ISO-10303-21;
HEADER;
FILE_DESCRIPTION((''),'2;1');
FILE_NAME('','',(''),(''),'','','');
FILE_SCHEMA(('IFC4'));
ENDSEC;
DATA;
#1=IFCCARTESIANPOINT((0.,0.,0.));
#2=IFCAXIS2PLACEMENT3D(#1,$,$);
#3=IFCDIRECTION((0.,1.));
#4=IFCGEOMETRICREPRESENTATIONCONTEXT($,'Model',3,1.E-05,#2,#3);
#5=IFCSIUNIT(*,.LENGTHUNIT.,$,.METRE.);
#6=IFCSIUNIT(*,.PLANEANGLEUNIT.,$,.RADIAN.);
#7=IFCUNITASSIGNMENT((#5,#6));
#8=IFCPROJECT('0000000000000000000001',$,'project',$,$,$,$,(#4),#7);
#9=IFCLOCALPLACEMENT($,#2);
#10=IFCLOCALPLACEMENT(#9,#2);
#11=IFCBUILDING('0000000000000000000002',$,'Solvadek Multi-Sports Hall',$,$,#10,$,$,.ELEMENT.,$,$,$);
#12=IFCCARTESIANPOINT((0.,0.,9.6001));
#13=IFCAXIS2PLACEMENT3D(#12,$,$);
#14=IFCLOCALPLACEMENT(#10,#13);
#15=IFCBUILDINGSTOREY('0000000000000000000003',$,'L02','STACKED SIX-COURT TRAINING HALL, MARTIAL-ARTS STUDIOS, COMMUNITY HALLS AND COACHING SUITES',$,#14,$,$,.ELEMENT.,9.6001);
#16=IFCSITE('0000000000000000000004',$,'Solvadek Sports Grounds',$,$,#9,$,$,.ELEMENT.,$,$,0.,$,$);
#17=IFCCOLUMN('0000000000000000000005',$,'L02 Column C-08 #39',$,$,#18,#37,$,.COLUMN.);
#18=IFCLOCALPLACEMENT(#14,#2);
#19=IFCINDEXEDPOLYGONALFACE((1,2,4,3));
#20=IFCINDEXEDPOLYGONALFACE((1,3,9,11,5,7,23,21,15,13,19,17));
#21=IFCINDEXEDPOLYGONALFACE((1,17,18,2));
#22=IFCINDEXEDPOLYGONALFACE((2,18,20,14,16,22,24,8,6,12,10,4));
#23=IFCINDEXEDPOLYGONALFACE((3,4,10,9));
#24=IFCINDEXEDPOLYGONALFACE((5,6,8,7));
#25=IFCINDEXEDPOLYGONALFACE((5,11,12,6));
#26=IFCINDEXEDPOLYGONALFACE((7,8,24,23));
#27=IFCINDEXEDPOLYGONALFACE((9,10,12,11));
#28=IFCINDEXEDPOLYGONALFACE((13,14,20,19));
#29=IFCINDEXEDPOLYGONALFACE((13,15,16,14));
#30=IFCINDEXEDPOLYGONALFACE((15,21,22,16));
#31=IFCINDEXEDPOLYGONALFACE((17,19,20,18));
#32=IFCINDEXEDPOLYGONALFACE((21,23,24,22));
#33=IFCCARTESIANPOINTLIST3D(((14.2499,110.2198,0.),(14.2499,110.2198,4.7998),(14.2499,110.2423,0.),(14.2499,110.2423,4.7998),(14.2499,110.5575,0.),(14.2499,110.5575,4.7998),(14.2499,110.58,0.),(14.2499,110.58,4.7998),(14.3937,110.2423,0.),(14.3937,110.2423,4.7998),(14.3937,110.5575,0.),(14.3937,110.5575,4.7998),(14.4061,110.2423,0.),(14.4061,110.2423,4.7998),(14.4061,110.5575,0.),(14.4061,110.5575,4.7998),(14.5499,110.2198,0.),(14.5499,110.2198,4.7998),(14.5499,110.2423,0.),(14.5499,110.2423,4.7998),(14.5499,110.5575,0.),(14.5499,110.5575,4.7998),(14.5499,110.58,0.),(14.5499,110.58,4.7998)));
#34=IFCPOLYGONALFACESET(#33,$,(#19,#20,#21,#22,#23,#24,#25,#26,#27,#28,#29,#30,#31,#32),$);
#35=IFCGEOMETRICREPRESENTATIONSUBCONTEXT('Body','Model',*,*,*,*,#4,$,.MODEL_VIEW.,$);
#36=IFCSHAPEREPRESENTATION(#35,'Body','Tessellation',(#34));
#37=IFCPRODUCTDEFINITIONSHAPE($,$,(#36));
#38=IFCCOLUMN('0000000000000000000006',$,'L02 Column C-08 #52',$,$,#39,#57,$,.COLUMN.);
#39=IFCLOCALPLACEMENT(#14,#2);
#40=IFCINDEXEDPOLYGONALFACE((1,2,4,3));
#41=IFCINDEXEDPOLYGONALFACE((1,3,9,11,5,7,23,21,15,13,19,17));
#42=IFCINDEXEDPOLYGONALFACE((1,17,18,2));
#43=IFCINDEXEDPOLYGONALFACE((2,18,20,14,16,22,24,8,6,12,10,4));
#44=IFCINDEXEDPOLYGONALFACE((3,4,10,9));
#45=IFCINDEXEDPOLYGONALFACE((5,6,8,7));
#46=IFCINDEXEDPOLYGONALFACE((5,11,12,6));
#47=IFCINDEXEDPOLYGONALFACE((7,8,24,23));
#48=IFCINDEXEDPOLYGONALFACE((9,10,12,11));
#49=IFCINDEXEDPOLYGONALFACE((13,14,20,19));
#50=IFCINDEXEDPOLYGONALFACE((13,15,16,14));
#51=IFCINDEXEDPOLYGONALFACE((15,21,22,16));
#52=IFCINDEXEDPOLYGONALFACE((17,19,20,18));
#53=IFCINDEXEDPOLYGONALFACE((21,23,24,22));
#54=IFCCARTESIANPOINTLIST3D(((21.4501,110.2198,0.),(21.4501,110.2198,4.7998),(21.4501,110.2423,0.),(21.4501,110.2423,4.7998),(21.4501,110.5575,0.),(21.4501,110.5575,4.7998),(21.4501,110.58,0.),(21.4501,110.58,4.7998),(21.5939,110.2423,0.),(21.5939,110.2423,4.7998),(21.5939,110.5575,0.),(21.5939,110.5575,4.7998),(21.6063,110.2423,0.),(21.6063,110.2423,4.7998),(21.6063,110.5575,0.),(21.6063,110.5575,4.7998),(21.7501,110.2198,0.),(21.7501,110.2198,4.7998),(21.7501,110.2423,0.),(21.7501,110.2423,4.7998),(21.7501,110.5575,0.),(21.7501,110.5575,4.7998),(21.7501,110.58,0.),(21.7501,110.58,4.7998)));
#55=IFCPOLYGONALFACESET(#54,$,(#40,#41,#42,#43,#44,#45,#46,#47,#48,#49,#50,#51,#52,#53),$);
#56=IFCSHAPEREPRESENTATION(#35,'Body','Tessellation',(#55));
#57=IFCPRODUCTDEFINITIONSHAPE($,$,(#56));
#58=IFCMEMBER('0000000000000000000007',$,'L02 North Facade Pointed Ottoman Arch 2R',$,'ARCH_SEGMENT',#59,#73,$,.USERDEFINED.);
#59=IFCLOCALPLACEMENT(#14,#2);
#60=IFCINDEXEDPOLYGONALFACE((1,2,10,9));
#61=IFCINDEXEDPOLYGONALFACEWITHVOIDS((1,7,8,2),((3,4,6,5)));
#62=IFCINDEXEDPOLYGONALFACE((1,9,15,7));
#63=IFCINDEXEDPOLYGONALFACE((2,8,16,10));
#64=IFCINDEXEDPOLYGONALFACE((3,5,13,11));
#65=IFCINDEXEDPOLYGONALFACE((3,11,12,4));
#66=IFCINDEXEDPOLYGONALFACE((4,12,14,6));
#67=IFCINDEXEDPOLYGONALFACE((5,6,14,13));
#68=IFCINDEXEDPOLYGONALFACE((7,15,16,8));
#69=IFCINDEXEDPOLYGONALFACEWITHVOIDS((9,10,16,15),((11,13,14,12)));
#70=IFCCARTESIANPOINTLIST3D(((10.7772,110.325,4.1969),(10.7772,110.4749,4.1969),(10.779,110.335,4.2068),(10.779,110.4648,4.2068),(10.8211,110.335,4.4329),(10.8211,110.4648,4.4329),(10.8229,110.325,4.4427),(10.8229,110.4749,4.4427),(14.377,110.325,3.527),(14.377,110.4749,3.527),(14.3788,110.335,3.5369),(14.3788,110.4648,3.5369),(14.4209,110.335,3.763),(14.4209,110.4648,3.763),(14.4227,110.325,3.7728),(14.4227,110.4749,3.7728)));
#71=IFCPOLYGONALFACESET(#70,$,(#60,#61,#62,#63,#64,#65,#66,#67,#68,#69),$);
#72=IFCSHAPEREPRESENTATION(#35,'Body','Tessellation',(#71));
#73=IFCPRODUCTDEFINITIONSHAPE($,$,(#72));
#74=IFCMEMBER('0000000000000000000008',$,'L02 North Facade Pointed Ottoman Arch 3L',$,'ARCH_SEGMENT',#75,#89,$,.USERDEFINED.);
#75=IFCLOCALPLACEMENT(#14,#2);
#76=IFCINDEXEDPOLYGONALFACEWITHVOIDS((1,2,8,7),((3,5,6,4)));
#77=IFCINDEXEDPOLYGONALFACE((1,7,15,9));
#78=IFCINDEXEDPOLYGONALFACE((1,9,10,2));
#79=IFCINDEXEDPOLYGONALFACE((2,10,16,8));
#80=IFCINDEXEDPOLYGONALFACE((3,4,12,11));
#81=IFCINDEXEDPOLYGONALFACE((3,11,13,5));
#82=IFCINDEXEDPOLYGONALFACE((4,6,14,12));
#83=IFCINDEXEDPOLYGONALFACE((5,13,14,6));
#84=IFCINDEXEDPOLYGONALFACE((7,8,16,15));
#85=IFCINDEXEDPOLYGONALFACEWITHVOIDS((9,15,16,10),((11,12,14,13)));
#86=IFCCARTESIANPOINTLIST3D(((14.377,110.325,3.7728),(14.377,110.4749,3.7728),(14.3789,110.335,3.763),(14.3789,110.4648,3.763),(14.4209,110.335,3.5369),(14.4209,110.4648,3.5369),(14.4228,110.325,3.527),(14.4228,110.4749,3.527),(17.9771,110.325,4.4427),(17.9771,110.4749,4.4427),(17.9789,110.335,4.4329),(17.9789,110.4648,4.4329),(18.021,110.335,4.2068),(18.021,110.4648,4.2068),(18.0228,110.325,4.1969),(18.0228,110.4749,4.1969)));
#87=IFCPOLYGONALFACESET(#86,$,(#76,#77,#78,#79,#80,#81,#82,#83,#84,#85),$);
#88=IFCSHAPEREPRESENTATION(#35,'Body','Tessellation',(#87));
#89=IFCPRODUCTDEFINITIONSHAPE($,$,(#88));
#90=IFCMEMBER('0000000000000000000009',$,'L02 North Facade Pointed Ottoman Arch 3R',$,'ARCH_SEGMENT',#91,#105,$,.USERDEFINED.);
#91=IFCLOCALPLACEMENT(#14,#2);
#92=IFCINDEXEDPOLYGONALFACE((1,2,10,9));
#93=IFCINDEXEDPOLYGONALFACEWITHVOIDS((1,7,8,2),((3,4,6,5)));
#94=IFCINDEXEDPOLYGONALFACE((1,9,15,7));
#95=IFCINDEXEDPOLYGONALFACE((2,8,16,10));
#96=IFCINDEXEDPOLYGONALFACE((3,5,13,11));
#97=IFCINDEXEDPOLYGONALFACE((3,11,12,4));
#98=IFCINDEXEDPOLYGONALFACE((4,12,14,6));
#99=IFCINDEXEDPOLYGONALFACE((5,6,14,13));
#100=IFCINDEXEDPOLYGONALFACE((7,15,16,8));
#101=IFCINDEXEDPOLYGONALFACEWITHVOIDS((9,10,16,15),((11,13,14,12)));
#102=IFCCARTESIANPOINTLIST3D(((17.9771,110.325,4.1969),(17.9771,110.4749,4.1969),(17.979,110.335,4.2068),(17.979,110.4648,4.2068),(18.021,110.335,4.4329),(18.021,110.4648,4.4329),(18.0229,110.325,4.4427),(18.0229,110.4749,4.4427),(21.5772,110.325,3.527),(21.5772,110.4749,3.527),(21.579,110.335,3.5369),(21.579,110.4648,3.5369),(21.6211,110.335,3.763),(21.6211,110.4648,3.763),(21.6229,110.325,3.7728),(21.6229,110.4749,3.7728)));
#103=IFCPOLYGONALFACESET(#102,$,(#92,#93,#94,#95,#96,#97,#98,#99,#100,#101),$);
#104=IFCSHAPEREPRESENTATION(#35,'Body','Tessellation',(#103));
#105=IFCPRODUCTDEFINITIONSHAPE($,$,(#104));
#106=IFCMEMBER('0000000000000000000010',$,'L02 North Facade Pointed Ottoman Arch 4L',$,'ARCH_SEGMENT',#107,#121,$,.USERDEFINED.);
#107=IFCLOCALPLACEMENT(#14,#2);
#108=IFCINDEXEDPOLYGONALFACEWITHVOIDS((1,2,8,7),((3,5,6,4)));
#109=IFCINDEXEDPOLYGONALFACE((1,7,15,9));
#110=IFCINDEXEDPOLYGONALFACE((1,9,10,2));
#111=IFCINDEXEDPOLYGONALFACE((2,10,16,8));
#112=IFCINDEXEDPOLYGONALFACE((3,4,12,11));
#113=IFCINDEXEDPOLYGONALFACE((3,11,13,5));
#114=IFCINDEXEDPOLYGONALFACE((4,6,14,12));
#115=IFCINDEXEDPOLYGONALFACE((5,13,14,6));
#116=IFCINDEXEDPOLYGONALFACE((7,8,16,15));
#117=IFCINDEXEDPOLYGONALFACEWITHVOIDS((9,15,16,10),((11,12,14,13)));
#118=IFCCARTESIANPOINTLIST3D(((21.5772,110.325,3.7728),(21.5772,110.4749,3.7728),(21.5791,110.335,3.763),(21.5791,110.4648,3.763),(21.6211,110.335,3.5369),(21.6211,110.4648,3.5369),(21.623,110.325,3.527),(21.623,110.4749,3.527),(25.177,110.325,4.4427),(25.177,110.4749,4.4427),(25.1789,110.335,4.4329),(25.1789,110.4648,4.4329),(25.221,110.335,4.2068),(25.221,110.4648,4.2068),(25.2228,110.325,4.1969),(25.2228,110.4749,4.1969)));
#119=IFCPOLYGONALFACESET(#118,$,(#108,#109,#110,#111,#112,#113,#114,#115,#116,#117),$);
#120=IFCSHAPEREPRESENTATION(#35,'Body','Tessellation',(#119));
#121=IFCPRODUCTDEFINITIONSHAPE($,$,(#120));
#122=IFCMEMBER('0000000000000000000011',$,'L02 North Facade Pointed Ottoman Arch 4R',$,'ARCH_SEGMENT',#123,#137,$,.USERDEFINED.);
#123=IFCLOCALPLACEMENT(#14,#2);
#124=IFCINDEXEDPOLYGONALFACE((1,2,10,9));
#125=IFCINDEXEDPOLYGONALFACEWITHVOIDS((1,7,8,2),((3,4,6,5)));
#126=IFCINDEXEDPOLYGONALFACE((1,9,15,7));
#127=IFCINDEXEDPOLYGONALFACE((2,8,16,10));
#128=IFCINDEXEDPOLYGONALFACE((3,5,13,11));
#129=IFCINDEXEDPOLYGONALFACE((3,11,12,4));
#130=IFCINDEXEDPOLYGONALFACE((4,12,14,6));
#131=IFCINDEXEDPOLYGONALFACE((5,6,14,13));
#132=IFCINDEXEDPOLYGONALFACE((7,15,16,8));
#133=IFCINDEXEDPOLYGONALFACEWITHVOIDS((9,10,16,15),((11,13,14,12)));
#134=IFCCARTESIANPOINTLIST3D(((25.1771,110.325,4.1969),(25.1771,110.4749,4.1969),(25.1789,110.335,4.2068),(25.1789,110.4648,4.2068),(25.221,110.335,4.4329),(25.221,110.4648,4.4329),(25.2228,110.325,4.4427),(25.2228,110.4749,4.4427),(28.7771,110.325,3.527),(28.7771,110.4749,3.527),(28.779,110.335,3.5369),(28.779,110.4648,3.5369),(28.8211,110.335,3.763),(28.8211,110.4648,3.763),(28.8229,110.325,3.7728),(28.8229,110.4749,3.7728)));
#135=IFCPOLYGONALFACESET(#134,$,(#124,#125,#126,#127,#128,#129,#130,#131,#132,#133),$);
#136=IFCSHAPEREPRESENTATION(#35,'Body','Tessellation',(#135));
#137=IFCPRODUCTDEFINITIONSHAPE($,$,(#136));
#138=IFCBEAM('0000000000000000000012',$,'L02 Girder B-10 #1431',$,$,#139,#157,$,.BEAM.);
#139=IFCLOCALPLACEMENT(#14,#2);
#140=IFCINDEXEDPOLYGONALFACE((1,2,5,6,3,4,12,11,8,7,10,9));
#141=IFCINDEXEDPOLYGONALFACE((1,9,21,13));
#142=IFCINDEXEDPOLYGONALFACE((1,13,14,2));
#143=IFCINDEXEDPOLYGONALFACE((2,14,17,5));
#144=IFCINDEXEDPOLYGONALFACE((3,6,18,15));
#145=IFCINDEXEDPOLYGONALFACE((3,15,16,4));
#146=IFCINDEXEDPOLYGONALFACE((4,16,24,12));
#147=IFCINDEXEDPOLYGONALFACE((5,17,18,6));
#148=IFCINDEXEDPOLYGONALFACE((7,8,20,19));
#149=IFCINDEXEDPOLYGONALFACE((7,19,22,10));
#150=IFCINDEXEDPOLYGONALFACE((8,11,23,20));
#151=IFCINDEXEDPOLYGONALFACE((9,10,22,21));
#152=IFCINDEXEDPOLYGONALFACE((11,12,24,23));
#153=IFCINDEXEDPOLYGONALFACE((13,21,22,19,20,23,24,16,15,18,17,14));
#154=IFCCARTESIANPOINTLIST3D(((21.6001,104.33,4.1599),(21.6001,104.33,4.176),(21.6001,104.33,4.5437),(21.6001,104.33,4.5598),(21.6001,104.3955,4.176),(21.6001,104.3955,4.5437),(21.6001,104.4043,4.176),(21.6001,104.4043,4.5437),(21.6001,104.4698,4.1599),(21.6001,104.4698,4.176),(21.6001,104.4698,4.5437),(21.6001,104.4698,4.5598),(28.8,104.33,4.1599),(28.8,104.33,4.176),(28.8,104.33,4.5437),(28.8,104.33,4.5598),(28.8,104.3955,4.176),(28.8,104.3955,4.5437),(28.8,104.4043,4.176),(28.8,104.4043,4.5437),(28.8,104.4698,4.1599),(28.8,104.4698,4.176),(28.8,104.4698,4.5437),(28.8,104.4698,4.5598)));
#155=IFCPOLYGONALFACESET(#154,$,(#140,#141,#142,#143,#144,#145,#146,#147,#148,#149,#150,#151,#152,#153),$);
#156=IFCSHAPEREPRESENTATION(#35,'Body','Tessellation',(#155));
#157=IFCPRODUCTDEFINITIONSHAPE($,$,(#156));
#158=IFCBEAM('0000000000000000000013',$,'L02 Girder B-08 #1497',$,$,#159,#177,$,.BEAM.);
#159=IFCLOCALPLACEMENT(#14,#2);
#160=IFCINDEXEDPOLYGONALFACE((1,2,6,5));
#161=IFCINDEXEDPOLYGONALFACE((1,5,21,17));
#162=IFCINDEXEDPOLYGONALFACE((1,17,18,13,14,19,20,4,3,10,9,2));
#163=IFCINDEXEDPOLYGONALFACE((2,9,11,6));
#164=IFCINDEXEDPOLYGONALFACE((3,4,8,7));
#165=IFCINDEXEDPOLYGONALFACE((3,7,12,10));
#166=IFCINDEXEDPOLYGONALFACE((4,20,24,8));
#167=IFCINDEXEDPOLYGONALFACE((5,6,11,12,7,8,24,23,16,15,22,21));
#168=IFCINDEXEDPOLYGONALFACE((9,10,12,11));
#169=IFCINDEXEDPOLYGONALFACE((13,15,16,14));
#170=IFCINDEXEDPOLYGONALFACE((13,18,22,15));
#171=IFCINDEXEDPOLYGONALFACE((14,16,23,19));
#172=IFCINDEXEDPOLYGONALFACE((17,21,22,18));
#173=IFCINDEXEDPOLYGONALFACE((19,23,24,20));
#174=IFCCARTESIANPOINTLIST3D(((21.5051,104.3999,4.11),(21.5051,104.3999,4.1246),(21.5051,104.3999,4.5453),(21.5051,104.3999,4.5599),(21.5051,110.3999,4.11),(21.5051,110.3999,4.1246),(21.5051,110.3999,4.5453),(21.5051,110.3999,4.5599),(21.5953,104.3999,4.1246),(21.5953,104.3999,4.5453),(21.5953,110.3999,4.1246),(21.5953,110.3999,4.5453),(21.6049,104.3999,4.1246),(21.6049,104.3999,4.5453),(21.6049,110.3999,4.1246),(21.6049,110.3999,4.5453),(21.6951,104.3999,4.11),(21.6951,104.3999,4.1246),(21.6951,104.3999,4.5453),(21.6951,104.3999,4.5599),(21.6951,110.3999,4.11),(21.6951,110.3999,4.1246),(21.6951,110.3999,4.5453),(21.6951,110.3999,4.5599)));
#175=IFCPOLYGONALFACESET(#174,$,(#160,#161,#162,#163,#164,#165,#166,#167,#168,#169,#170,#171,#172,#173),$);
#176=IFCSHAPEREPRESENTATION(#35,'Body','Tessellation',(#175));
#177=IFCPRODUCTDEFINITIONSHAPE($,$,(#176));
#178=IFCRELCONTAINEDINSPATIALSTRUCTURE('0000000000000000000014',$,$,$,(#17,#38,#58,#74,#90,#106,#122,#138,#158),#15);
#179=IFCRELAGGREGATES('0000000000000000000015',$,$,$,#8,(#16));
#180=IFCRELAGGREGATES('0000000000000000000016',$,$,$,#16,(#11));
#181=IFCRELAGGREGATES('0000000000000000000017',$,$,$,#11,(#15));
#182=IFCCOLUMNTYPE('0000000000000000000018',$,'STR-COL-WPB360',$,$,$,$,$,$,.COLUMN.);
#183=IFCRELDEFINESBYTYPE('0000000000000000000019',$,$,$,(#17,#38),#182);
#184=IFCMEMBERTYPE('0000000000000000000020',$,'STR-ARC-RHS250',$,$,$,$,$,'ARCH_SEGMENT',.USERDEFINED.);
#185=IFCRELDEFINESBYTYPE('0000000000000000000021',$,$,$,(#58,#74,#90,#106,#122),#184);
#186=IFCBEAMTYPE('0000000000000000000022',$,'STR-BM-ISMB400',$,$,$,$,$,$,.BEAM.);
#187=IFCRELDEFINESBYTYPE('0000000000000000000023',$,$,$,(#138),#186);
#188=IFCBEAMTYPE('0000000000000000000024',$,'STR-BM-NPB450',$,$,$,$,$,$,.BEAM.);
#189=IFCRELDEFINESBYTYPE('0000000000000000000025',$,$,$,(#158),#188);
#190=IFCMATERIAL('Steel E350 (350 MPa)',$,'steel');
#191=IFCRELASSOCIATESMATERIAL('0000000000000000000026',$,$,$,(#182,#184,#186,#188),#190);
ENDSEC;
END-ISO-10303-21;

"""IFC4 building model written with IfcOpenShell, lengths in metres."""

from ifc_helpers import new_model, si_unit, direction, frame, origin, origin_2d, place, context, subcontext, project, spatial, hollow_rectangle, i_section, extrude, material, material_profile, profile_set, type_object, element, save


model = new_model("IFC4")

# Units and contexts
model_context = context("Model", 3, precision=1e-05, world=origin(), true_north=direction((0.0, 1.0)))
body_context = subcontext(model_context, "Body", "Model", "MODEL_VIEW")
ifc_project = project(units=[si_unit("LENGTHUNIT", "METRE"), si_unit("PLANEANGLEUNIT", "RADIAN")], contexts=[model_context])

# Site, building, storey
site_placement = place(None, origin())
site = spatial("IfcSite", under=ifc_project, at=site_placement, Name="Solvadek Sports Grounds", CompositionType="ELEMENT", RefElevation=0.0)
building_placement = place(site_placement, origin())
building = spatial("IfcBuilding", under=site, at=building_placement, Name="Solvadek Multi-Sports Hall", CompositionType="ELEMENT")
storey_placement = place(building_placement, frame((0.0, 0.0, 9.6001)))
storey = spatial("IfcBuildingStorey", under=building, at=storey_placement, Name="L02", Description="STACKED SIX-COURT TRAINING HALL, MARTIAL-ARTS STUDIOS, COMMUNITY HALLS AND COACHING SUITES", CompositionType="ELEMENT", Elevation=9.6001)

# Columns
ifc_material_1 = material(Name="Steel E350 (350 MPa)", Category="steel")
ifc_material_profile_1 = material_profile(ifc_material_1, i_section(OverallWidth=0.3, OverallDepth=0.3601, WebThickness=0.0125, FlangeThickness=0.0225, at=origin_2d()), Name="WPB 360")
ifc_profile_set_1 = profile_set([ifc_material_profile_1], Name="Steel E350 (350 MPa)")
column_type = type_object("IfcColumnType", Name="STR-COL-WPB360", PredefinedType="COLUMN", material=ifc_profile_set_1)
for number, where, z_axis, x_axis, name in (
    (1, (14.3999, 110.3999, 0.0), (0.0, 0.0, 1.0), (1.0, 0.0, 0.0), "L02 Column C-08 #39"),
    (2, (21.6001, 110.3999, 0.0), (0.0, 0.0, 1.0), (1.0, 0.0, 0.0), "L02 Column C-08 #52"),
):
    element("IfcColumn", number, at=place(storey_placement, frame(where, z_axis=z_axis, x_axis=x_axis)), inside=storey, type_object=column_type, Name=name, PredefinedType="COLUMN", context=body_context, shape_type="SweptSolid", body=[
        extrude(i_section(OverallWidth=0.3, OverallDepth=0.3601, WebThickness=0.0125, FlangeThickness=0.0225, at=origin_2d()), origin(), (0.0, 0.0, 1.0), 4.7998),
    ])

# Members
ifc_material_profile_2 = material_profile(ifc_material_1, hollow_rectangle(XDim=0.1499, YDim=0.25, WallThickness=0.01, at=origin_2d()), Name="RHS 250x150x10")
ifc_profile_set_2 = profile_set([ifc_material_profile_2], Name="Steel E350 (350 MPa)")
member_type = type_object("IfcMemberType", Name="STR-ARC-RHS250", ElementType="ARCH_SEGMENT", PredefinedType="USERDEFINED", material=ifc_profile_set_2)
member_1_placement = place(storey_placement, frame((10.8, 110.3999, 4.3198), z_axis=(0.983121, 0.0, -0.182956), x_axis=(0.0, 1.0, 0.0)))
element("IfcMember", 3, at=member_1_placement, inside=storey, type_object=member_type, Name="L02 North Facade Pointed Ottoman Arch 2R", ObjectType="ARCH_SEGMENT", PredefinedType="USERDEFINED", context=body_context, shape_type="SweptSolid", body=[
    extrude(hollow_rectangle(XDim=0.1499, YDim=0.25, WallThickness=0.01, at=origin_2d()), origin(), (0.0, 0.0, 1.0), 3.6616),
])
for number, where, z_axis, x_axis, name in (
    (4, (14.3999, 110.3999, 3.6499), (0.983123, 0.0, 0.182944), (0.0, 1.0, 0.0), "L02 North Facade Pointed Ottoman Arch 3L"),
    (5, (18.0, 110.3999, 4.3198), (0.983123, 0.0, -0.182944), (0.0, 1.0, 0.0), "L02 North Facade Pointed Ottoman Arch 3R"),
):
    element("IfcMember", number, at=place(storey_placement, frame(where, z_axis=z_axis, x_axis=x_axis)), inside=storey, type_object=member_type, Name=name, ObjectType="ARCH_SEGMENT", PredefinedType="USERDEFINED", context=body_context, shape_type="SweptSolid", body=[
        extrude(hollow_rectangle(XDim=0.1499, YDim=0.25, WallThickness=0.01, at=origin_2d()), origin(), (0.0, 0.0, 1.0), 3.6619),
    ])
member_2_placement = place(storey_placement, frame((21.6001, 110.3999, 3.6499), z_axis=(0.983121, 0.0, 0.182956), x_axis=(0.0, 1.0, 0.0)))
element("IfcMember", 6, at=member_2_placement, inside=storey, type_object=member_type, Name="L02 North Facade Pointed Ottoman Arch 4L", ObjectType="ARCH_SEGMENT", PredefinedType="USERDEFINED", context=body_context, shape_type="SweptSolid", body=[
    extrude(hollow_rectangle(XDim=0.1499, YDim=0.25, WallThickness=0.01, at=origin_2d()), origin(), (0.0, 0.0, 1.0), 3.6616),
])
member_3_placement = place(storey_placement, frame((25.2, 110.3999, 4.3198), z_axis=(0.983123, 0.0, -0.182944), x_axis=(0.0, 1.0, 0.0)))
element("IfcMember", 7, at=member_3_placement, inside=storey, type_object=member_type, Name="L02 North Facade Pointed Ottoman Arch 4R", ObjectType="ARCH_SEGMENT", PredefinedType="USERDEFINED", context=body_context, shape_type="SweptSolid", body=[
    extrude(hollow_rectangle(XDim=0.1499, YDim=0.25, WallThickness=0.01, at=origin_2d()), origin(), (0.0, 0.0, 1.0), 3.6619),
])

# Beams
ifc_material_profile_3 = material_profile(ifc_material_1, i_section(OverallWidth=0.1399, OverallDepth=0.3999, WebThickness=0.0088, FlangeThickness=0.0161, at=origin_2d()), Name="ISMB 400")
ifc_profile_set_3 = profile_set([ifc_material_profile_3], Name="Steel E350 (350 MPa)")
beam_type_1 = type_object("IfcBeamType", Name="STR-BM-ISMB400", PredefinedType="BEAM", material=ifc_profile_set_3)
beam_1_placement = place(storey_placement, frame((21.6001, 104.3999, 4.3599), z_axis=(1.0, 0.0, 0.0), x_axis=(0.0, 1.0, 0.0)))
element("IfcBeam", 8, at=beam_1_placement, inside=storey, type_object=beam_type_1, Name="L02 Girder B-10 #1431", PredefinedType="BEAM", context=body_context, shape_type="SweptSolid", body=[
    extrude(i_section(OverallWidth=0.1399, OverallDepth=0.3999, WebThickness=0.0088, FlangeThickness=0.0161, at=origin_2d()), origin(), (0.0, 0.0, 1.0), 7.2),
])
ifc_material_profile_4 = material_profile(ifc_material_1, i_section(OverallWidth=0.1899, OverallDepth=0.45, WebThickness=0.0095, FlangeThickness=0.0146, at=origin_2d()), Name="NPB 450")
ifc_profile_set_4 = profile_set([ifc_material_profile_4], Name="Steel E350 (350 MPa)")
beam_type_2 = type_object("IfcBeamType", Name="STR-BM-NPB450", PredefinedType="BEAM", material=ifc_profile_set_4)
beam_2_placement = place(storey_placement, frame((21.6001, 104.3999, 4.335), z_axis=(0.0, 1.0, 0.0), x_axis=(-1.0, 0.0, 0.0)))
element("IfcBeam", 9, at=beam_2_placement, inside=storey, type_object=beam_type_2, Name="L02 Girder B-08 #1497", PredefinedType="BEAM", context=body_context, shape_type="SweptSolid", body=[
    extrude(i_section(OverallWidth=0.1899, OverallDepth=0.45, WebThickness=0.0095, FlangeThickness=0.0146, at=origin_2d()), origin(), (0.0, 0.0, 1.0), 6.0),
])

save(model, "model.ifc")
